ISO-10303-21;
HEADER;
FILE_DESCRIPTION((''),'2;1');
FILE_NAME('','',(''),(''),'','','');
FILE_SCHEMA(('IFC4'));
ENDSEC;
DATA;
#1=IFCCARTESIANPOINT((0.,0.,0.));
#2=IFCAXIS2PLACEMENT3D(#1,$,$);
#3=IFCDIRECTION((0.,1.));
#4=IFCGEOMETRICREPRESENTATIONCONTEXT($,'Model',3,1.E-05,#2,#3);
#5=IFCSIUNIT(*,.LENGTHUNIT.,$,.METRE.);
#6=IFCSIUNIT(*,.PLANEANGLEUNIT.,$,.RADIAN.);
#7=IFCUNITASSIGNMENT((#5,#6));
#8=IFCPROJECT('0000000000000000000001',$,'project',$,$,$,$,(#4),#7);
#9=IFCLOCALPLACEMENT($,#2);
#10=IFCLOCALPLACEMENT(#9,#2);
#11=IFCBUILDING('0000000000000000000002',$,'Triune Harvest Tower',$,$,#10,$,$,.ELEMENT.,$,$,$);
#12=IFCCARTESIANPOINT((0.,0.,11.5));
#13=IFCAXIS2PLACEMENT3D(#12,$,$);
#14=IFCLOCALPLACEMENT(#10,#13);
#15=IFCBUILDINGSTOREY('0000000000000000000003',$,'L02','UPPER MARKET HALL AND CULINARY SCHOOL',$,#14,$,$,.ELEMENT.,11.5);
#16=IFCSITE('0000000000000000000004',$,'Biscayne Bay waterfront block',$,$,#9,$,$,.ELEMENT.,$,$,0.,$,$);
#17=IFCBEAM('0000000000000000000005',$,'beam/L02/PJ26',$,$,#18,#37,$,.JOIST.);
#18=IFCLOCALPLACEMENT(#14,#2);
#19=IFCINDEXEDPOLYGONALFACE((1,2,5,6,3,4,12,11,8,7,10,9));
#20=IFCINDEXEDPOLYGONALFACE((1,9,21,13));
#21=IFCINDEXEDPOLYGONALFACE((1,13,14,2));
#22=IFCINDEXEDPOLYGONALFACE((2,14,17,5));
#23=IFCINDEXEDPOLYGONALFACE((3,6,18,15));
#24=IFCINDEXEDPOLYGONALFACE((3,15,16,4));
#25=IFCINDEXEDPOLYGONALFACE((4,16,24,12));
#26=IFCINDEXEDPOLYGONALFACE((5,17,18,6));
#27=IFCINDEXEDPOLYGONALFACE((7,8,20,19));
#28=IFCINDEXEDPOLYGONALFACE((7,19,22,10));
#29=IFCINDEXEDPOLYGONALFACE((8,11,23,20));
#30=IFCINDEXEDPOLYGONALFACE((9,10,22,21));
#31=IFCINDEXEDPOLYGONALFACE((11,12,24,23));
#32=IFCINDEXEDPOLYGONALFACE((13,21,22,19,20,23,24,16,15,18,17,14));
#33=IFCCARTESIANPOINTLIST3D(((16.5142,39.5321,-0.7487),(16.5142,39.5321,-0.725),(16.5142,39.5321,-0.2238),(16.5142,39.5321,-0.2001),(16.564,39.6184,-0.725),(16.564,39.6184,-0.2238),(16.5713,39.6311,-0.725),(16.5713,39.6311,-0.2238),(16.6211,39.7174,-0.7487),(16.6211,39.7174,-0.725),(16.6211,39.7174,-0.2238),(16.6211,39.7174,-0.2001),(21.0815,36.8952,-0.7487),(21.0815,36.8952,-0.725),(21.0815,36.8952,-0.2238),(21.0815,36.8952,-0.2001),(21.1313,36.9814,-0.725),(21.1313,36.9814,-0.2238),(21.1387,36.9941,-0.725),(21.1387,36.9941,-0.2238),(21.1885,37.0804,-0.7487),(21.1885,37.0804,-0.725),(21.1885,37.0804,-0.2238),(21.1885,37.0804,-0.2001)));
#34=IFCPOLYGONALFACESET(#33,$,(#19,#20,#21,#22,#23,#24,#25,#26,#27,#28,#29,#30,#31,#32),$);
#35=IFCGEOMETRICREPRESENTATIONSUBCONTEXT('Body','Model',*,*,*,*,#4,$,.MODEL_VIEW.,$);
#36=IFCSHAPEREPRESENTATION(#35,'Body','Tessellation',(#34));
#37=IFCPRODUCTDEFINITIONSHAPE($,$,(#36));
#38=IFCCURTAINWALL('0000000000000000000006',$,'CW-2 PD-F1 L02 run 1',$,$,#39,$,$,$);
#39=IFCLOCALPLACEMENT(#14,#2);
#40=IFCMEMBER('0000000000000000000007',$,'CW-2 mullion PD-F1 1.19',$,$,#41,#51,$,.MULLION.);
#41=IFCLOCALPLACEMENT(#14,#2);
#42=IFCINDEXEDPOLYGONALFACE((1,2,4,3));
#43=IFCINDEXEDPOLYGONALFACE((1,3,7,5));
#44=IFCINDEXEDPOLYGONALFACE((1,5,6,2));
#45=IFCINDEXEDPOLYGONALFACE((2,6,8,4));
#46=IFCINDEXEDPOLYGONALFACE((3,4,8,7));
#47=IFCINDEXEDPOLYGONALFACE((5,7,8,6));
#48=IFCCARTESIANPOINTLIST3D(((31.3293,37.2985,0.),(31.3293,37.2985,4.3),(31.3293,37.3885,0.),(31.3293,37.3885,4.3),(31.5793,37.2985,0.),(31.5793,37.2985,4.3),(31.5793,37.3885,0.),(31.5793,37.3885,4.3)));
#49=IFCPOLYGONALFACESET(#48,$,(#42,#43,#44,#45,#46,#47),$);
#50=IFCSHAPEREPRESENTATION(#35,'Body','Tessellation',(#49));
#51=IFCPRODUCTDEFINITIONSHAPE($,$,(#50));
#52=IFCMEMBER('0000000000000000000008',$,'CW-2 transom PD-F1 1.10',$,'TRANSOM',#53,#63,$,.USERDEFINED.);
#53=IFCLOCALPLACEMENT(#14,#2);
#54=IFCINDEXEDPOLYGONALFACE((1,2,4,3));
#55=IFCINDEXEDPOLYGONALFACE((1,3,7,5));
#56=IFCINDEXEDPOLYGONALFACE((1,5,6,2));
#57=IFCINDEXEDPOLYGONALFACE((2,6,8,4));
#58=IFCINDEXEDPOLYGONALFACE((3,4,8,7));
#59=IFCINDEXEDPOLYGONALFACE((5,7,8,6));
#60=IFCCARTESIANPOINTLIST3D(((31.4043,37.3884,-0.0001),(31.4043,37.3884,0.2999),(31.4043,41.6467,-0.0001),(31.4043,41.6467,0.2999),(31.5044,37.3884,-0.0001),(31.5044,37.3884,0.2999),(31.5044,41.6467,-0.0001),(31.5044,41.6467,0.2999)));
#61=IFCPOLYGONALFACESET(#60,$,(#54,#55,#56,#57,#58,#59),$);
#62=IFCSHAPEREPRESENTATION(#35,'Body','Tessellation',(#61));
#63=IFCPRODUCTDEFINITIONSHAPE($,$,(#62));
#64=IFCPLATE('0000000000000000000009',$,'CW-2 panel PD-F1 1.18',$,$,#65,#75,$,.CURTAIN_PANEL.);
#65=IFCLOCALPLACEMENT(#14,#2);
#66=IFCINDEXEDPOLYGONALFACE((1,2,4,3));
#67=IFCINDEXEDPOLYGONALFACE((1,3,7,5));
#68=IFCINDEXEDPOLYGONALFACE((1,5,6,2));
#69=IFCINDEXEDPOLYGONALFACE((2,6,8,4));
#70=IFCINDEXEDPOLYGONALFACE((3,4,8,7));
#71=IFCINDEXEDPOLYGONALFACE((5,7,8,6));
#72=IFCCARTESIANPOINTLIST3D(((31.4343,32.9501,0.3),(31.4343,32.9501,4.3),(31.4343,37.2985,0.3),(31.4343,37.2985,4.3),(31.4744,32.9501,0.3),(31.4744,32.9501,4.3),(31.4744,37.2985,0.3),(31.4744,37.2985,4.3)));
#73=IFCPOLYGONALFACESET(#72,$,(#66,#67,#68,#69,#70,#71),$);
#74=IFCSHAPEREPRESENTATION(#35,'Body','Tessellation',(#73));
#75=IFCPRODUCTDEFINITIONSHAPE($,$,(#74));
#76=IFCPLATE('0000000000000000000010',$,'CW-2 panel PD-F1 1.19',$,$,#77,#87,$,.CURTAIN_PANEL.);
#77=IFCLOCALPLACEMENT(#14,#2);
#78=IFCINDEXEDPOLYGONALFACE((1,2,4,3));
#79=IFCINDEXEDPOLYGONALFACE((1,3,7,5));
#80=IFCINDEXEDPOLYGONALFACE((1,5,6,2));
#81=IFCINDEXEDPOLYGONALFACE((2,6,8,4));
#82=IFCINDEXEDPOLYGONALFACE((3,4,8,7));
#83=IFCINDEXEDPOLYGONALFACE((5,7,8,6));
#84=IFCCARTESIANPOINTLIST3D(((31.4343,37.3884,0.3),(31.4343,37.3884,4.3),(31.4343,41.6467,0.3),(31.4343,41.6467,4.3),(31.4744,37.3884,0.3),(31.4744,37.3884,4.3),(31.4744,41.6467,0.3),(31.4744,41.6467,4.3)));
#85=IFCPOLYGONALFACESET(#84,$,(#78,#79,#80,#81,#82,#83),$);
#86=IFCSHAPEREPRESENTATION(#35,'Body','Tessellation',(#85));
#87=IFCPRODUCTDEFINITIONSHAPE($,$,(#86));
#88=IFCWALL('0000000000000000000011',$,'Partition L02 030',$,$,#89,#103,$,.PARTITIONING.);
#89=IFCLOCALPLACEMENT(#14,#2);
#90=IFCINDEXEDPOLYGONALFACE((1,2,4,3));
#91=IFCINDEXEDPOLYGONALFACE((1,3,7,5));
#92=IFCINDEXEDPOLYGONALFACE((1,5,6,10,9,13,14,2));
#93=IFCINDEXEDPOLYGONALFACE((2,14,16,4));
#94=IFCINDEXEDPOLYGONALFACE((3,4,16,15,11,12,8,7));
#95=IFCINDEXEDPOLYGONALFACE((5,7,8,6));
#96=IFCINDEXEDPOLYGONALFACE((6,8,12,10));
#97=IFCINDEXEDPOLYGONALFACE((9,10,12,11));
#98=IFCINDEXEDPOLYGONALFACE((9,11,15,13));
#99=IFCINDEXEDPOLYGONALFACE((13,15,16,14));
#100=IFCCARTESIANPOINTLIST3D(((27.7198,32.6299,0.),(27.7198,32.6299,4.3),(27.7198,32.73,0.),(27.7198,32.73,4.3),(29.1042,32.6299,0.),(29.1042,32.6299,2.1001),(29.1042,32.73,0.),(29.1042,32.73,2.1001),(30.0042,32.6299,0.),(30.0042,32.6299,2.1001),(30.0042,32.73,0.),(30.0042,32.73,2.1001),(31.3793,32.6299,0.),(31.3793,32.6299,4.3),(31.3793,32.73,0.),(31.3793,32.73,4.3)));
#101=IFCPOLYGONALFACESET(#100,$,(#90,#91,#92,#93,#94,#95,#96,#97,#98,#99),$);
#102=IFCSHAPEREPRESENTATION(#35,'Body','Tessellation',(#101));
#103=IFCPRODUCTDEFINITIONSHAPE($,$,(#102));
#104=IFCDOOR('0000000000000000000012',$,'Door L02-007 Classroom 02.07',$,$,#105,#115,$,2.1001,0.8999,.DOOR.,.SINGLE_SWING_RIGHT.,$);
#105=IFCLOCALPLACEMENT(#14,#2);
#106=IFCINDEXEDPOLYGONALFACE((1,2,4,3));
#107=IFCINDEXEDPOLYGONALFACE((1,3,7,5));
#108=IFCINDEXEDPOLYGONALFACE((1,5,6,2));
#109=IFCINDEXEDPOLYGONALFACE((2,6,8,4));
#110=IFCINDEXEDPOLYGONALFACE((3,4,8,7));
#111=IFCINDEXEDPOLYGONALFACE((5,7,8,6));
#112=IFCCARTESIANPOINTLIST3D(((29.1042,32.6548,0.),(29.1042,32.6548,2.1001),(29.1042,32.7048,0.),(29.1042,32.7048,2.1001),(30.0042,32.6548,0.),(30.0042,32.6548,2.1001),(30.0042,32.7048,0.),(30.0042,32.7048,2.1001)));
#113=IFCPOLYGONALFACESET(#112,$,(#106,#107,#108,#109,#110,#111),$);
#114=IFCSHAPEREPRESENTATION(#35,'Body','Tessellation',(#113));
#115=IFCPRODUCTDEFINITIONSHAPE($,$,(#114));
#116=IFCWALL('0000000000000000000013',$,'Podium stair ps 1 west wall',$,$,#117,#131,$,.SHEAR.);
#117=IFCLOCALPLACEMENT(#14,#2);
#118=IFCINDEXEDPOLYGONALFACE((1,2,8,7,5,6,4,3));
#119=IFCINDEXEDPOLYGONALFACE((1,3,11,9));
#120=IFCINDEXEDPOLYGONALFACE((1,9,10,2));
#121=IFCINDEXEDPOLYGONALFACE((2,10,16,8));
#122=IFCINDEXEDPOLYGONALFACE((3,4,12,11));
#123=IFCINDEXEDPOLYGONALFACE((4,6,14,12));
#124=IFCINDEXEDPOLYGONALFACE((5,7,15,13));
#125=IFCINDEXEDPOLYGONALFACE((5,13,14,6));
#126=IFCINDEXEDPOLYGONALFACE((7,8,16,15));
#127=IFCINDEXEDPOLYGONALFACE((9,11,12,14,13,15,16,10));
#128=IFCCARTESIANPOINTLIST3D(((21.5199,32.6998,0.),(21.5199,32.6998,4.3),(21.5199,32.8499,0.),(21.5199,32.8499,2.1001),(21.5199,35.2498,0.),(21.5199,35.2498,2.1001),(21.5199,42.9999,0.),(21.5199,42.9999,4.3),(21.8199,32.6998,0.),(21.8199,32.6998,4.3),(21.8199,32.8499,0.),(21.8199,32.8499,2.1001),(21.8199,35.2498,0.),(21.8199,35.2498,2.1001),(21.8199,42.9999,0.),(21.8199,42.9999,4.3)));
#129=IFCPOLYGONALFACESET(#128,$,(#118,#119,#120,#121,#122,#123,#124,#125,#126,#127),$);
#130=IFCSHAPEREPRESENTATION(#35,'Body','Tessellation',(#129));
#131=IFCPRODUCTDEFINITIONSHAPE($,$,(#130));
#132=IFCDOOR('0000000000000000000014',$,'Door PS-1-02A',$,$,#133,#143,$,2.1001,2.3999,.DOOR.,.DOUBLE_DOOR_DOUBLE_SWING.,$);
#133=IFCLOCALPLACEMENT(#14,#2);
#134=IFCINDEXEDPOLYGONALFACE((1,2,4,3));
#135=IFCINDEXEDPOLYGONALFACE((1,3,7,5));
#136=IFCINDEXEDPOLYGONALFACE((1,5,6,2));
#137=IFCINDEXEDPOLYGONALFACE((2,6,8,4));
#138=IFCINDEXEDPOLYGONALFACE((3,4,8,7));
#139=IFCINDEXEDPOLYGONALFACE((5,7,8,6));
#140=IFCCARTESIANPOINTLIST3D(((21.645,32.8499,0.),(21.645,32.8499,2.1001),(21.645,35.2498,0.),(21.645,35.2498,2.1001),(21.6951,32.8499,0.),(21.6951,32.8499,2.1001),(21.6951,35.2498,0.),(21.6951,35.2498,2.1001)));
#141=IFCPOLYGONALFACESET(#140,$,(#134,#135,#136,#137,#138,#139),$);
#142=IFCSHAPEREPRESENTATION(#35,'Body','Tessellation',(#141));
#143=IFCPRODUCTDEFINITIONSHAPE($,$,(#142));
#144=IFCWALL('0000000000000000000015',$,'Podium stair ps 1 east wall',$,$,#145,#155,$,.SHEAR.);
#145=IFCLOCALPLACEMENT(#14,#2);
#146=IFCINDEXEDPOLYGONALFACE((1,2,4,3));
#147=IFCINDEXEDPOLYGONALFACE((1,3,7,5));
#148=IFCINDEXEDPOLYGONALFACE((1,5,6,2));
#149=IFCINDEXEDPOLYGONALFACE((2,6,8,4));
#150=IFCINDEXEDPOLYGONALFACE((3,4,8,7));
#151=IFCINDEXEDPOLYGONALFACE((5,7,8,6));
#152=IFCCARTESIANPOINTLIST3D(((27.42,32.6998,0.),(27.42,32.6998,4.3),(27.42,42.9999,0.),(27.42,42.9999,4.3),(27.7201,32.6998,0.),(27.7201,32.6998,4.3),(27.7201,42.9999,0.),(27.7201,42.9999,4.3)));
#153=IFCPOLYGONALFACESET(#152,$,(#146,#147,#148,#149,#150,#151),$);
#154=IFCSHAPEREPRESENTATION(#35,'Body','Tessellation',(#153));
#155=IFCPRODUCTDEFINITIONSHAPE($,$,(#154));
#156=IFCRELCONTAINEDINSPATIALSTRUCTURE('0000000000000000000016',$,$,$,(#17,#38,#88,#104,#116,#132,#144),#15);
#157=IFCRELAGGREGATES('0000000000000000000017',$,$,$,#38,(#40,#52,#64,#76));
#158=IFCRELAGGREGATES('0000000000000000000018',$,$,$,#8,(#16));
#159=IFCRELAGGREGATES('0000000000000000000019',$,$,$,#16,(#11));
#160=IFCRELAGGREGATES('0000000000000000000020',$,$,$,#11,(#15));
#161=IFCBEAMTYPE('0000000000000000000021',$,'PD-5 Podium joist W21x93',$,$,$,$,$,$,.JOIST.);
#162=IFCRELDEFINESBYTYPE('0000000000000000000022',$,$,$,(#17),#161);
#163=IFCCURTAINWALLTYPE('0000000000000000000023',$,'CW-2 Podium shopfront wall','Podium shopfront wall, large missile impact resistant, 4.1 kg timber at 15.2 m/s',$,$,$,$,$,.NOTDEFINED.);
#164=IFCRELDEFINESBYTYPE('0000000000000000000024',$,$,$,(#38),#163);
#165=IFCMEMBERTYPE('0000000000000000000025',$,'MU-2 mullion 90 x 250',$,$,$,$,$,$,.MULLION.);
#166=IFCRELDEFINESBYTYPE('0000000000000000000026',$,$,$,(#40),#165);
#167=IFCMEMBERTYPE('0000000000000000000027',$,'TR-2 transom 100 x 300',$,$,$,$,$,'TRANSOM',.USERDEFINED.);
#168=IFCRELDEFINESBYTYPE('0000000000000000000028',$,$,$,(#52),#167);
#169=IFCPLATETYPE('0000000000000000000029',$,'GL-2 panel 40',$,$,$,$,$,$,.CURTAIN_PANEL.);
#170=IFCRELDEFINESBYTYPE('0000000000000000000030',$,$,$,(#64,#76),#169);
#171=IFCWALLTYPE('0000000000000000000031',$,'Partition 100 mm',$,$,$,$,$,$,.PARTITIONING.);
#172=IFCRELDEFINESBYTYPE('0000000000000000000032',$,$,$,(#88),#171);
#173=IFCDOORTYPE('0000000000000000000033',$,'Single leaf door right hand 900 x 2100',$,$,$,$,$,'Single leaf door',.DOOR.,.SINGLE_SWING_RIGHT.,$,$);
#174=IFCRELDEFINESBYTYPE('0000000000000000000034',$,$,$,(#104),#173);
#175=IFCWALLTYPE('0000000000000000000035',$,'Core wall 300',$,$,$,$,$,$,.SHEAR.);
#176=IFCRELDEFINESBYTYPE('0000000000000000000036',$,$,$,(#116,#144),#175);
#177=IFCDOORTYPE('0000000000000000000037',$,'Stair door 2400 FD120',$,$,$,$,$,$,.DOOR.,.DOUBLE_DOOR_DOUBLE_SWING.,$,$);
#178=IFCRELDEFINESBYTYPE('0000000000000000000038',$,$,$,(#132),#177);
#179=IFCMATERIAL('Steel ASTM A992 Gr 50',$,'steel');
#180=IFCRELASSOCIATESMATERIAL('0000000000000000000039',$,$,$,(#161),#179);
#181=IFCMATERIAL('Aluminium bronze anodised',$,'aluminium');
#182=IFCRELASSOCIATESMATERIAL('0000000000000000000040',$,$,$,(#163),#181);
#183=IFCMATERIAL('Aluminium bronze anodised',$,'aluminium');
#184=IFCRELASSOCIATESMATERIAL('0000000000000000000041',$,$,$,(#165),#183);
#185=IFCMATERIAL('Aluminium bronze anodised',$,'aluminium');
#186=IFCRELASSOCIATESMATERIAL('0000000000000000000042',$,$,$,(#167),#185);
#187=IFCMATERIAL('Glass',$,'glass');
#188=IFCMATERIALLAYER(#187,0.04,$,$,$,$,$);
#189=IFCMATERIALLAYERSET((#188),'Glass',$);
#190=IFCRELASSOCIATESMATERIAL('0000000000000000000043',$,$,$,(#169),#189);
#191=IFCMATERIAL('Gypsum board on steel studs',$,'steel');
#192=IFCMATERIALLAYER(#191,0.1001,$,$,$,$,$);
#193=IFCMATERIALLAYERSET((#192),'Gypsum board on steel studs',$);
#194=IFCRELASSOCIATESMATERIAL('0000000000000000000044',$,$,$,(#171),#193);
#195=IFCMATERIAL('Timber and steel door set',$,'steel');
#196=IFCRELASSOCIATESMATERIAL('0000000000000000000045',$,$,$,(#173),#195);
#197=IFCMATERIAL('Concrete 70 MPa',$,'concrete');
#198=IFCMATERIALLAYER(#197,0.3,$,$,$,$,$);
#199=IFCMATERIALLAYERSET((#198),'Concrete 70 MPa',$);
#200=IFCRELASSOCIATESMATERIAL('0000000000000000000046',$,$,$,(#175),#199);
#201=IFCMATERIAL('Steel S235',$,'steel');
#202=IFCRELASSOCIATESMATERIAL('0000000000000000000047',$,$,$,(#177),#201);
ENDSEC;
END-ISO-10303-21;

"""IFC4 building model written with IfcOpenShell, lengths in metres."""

from ifc_helpers import new_model, si_unit, direction, frame, frame_2d, origin, origin_2d, place, context, subcontext, project, spatial, rectangle, i_section, extrude, source, transform, mapped, material, layer, layer_set, material_profile, profile_set, type_object, element, fill, aggregate, save


model = new_model("IFC4")

# Units and contexts
model_context = context("Model", 3, precision=1e-05, world=origin(), true_north=direction((0.0, 1.0)))
body_context = subcontext(model_context, "Body", "Model", "MODEL_VIEW")
ifc_project = project(units=[si_unit("LENGTHUNIT", "METRE"), si_unit("PLANEANGLEUNIT", "RADIAN")], contexts=[model_context])

# Site, building, storey
site_placement = place(None, origin())
site = spatial("IfcSite", under=ifc_project, at=site_placement, Name="Biscayne Bay waterfront block", CompositionType="ELEMENT", RefElevation=0.0)
building_placement = place(site_placement, origin())
building = spatial("IfcBuilding", under=site, at=building_placement, Name="Triune Harvest Tower", CompositionType="ELEMENT")
storey_placement = place(building_placement, frame((0.0, 0.0, 11.5)))
storey = spatial("IfcBuildingStorey", under=building, at=storey_placement, Name="L02", Description="UPPER MARKET HALL AND CULINARY SCHOOL", CompositionType="ELEMENT", Elevation=11.5)

# Beam
ifc_material_1 = material(Name="Steel ASTM A992 Gr 50", Category="steel")
ifc_material_profile_1 = material_profile(ifc_material_1, i_section(OverallWidth=0.2139, OverallDepth=0.5486, WebThickness=0.0146, FlangeThickness=0.0237, at=origin_2d()), Name="W21x93")
ifc_profile_set_1 = profile_set([ifc_material_profile_1], Name="Steel ASTM A992 Gr 50")
beam_type_1 = type_object("IfcBeamType", Name="PD-5 Podium joist W21x93", PredefinedType="JOIST", material=ifc_profile_set_1)
shared_shape_1 = source(origin(), body_context, "Body", "SweptSolid", [
    extrude(i_section(OverallWidth=0.2139, OverallDepth=0.5486, WebThickness=0.0146, FlangeThickness=0.0237, at=origin_2d()), origin(), (0.0, 0.0, 1.0), 5.2739),
])
beam_1_placement = place(storey_placement, frame((21.135, 36.9878, -0.4744), z_axis=(-0.866027, 0.499998, 0.0), x_axis=(-0.499998, -0.866027, 0.0)))
element("IfcBeam", 1, at=beam_1_placement, inside=storey, type_object=beam_type_1, Name="beam/L02/PJ26", PredefinedType="JOIST", context=body_context, shape_type="MappedRepresentation", body=[
    mapped(shared_shape_1, transform((0.0, 0.0, 0.0), scale=1.0)),
])

# Curtain wall, members, plates
ifc_material_2 = material(Name="Aluminium bronze anodised", Category="aluminium")
curtain_wall_type = type_object("IfcCurtainWallType", Name="CW-2 Podium shopfront wall", Description="Podium shopfront wall, large missile impact resistant, 4.1 kg timber at 15.2 m/s", PredefinedType="NOTDEFINED", material=ifc_material_2)
curtain_wall_placement = place(storey_placement, origin())
curtain_wall = element("IfcCurtainWall", 2, at=curtain_wall_placement, inside=storey, type_object=curtain_wall_type, Name="CW-2 PD-F1 L02 run 1")
ifc_material_3 = material(Name="Aluminium bronze anodised", Category="aluminium")
ifc_material_profile_2 = material_profile(ifc_material_3, rectangle(XDim=0.25, YDim=0.0901, at=origin_2d()), Name="MU-2 mullion 90 x 250")
ifc_profile_set_2 = profile_set([ifc_material_profile_2], Name="Aluminium bronze anodised")
member_type_1 = type_object("IfcMemberType", Name="MU-2 mullion 90 x 250", PredefinedType="MULLION", material=ifc_profile_set_2)
shared_shape_2 = source(origin(), body_context, "Body", "SweptSolid", [
    extrude(rectangle(XDim=0.25, YDim=0.0901, at=origin_2d()), origin(), (0.0, 0.0, 1.0), 4.3),
])
member_1_placement = place(storey_placement, frame((31.4543, 37.3435, 0.0), z_axis=(0.0, 0.0, 1.0), x_axis=(-1.0, 0.0, 0.0)))
member_1 = element("IfcMember", 3, at=member_1_placement, type_object=member_type_1, Name="CW-2 mullion PD-F1 1.19", PredefinedType="MULLION", context=body_context, shape_type="MappedRepresentation", body=[
    mapped(shared_shape_2, transform((0.0, 0.0, 0.0), scale=1.0)),
])
ifc_material_4 = material(Name="Aluminium bronze anodised", Category="aluminium")
ifc_material_profile_3 = material_profile(ifc_material_4, rectangle(XDim=0.1001, YDim=0.3, at=origin_2d()), Name="TR-2 transom 100 x 300")
ifc_profile_set_3 = profile_set([ifc_material_profile_3], Name="Aluminium bronze anodised")
member_type_2 = type_object("IfcMemberType", Name="TR-2 transom 100 x 300", ElementType="TRANSOM", PredefinedType="USERDEFINED", material=ifc_profile_set_3)
shared_shape_3 = source(origin(), body_context, "Body", "SweptSolid", [
    extrude(rectangle(XDim=0.1001, YDim=0.3, at=origin_2d()), origin(), (0.0, 0.0, 1.0), 4.2583),
])
member_2_placement = place(storey_placement, frame((31.4543, 37.3884, 0.1499), z_axis=(0.0, 1.0, 0.0), x_axis=(-1.0, 0.0, 0.0)))
member_2 = element("IfcMember", 4, at=member_2_placement, type_object=member_type_2, Name="CW-2 transom PD-F1 1.10", ObjectType="TRANSOM", PredefinedType="USERDEFINED", context=body_context, shape_type="MappedRepresentation", body=[
    mapped(shared_shape_3, transform((0.0, 0.0, 0.0), scale=1.0)),
])
ifc_material_5 = material(Name="Glass", Category="glass")
ifc_layer_1 = layer(ifc_material_5, 0.04)
ifc_layer_set_1 = layer_set([ifc_layer_1], Name="Glass")
plate_type = type_object("IfcPlateType", Name="GL-2 panel 40", PredefinedType="CURTAIN_PANEL", material=ifc_layer_set_1)
shared_shape_4 = source(origin(), body_context, "Body", "SweptSolid", [
    extrude(rectangle(XDim=4.3484, YDim=0.04, at=origin_2d()), origin(), (0.0, 0.0, 1.0), 4.0),
])
plate_1_placement = place(storey_placement, frame((31.4543, 35.1243, 0.3), z_axis=(0.0, 0.0, 1.0), x_axis=(0.0, 1.0, 0.0)))
plate_1 = element("IfcPlate", 5, at=plate_1_placement, type_object=plate_type, Name="CW-2 panel PD-F1 1.18", PredefinedType="CURTAIN_PANEL", context=body_context, shape_type="MappedRepresentation", body=[
    mapped(shared_shape_4, transform((0.0, 0.0, 0.0), scale=1.0)),
])
shared_shape_5 = source(origin(), body_context, "Body", "SweptSolid", [
    extrude(rectangle(XDim=4.2583, YDim=0.04, at=origin_2d()), origin(), (0.0, 0.0, 1.0), 4.0),
])
plate_2_placement = place(storey_placement, frame((31.4543, 39.5176, 0.3), z_axis=(0.0, 0.0, 1.0), x_axis=(0.0, 1.0, 0.0)))
plate_2 = element("IfcPlate", 6, at=plate_2_placement, type_object=plate_type, Name="CW-2 panel PD-F1 1.19", PredefinedType="CURTAIN_PANEL", context=body_context, shape_type="MappedRepresentation", body=[
    mapped(shared_shape_5, transform((0.0, 0.0, 0.0), scale=1.0)),
])
aggregate(curtain_wall, [member_1, member_2, plate_1, plate_2])

# Walls, openings, doors
ifc_material_6 = material(Name="Gypsum board on steel studs", Category="steel")
ifc_layer_2 = layer(ifc_material_6, 0.1001)
ifc_layer_set_2 = layer_set([ifc_layer_2], Name="Gypsum board on steel studs")
wall_type_1 = type_object("IfcWallType", Name="Partition 100 mm", PredefinedType="PARTITIONING", material=ifc_layer_set_2)
wall_1_placement = place(storey_placement, frame((27.72, 32.6799, 0.0), z_axis=(0.0, 0.0, 1.0), x_axis=(1.0, 0.0, 0.0)))
wall_1 = element("IfcWall", 7, at=wall_1_placement, inside=storey, type_object=wall_type_1, Name="Partition L02 030", PredefinedType="PARTITIONING", context=body_context, shape_type="SweptSolid", body=[
    extrude(rectangle(XDim=3.6594, YDim=0.1001, at=frame_2d((1.8296, 0.0))), origin(), (0.0, 0.0, 1.0), 4.3),
])
opening_1_placement = place(wall_1_placement, frame((1.3843, 0.0, 0.0)))
opening_1 = element("IfcOpeningElement", 8, at=opening_1_placement, cuts=wall_1, PredefinedType="OPENING", context=body_context, shape_type="SweptSolid", body=[
    extrude(rectangle(XDim=0.8999, YDim=2.1001, at=frame_2d((0.45, 1.05))), frame((0.0, 0.0601, 0.0), z_axis=(0.0, -1.0, 0.0), x_axis=(1.0, 0.0, 0.0)), (0.0, 0.0, 1.0), 0.1201),
])
ifc_material_7 = material(Name="Timber and steel door set", Category="steel")
door_type_1 = type_object("IfcDoorType", Name="Single leaf door right hand 900 x 2100", ElementType="Single leaf door", OperationType="SINGLE_SWING_RIGHT", PredefinedType="DOOR", material=ifc_material_7)
door_1_placement = place(opening_1_placement, origin())
door_1 = element("IfcDoor", 9, at=door_1_placement, inside=storey, type_object=door_type_1, Name="Door L02-007 Classroom 02.07", OperationType="SINGLE_SWING_RIGHT", OverallHeight=2.1001, OverallWidth=0.8999, PredefinedType="DOOR", context=body_context, shape_type="SweptSolid", body=[
    extrude(rectangle(XDim=0.8999, YDim=2.1001, at=frame_2d((0.45, 1.05))), frame((0.0, 0.0249, 0.0), z_axis=(0.0, -1.0, 0.0), x_axis=(1.0, 0.0, 0.0)), (0.0, 0.0, 1.0), 0.05),
])
fill(opening_1, door_1)
ifc_material_8 = material(Name="Concrete 70 MPa", Category="concrete")
ifc_layer_3 = layer(ifc_material_8, 0.3)
ifc_layer_set_3 = layer_set([ifc_layer_3], Name="Concrete 70 MPa")
wall_type_2 = type_object("IfcWallType", Name="Core wall 300", PredefinedType="SHEAR", material=ifc_layer_set_3)
shared_shape_6 = source(origin(), body_context, "Body", "SweptSolid", [
    extrude(rectangle(XDim=10.3, YDim=0.3, at=frame_2d((5.1499, 0.0))), origin(), (0.0, 0.0, 1.0), 4.3),
])
wall_2_placement = place(storey_placement, frame((21.6699, 32.7, 0.0), z_axis=(0.0, 0.0, 1.0), x_axis=(0.0, 1.0, 0.0)))
wall_2 = element("IfcWall", 10, at=wall_2_placement, inside=storey, type_object=wall_type_2, Name="Podium stair ps 1 west wall", PredefinedType="SHEAR", context=body_context, shape_type="MappedRepresentation", body=[
    mapped(shared_shape_6, transform((0.0, 0.0, 0.0), scale=1.0)),
])
opening_2_placement = place(wall_2_placement, frame((0.1499, 0.0, 0.0)))
opening_2 = element("IfcOpeningElement", 11, at=opening_2_placement, cuts=wall_2, PredefinedType="OPENING", context=body_context, shape_type="SweptSolid", body=[
    extrude(rectangle(XDim=2.3999, YDim=2.1001, at=frame_2d((1.2, 1.05))), frame((0.0, 0.1602, 0.0), z_axis=(0.0, -1.0, 0.0), x_axis=(1.0, 0.0, 0.0)), (0.0, 0.0, 1.0), 0.3201),
])
ifc_material_9 = material(Name="Steel S235", Category="steel")
door_type_2 = type_object("IfcDoorType", Name="Stair door 2400 FD120", OperationType="DOUBLE_DOOR_DOUBLE_SWING", PredefinedType="DOOR", material=ifc_material_9)
door_2_placement = place(opening_2_placement, origin())
door_2 = element("IfcDoor", 12, at=door_2_placement, inside=storey, type_object=door_type_2, Name="Door PS-1-02A", OperationType="DOUBLE_DOOR_DOUBLE_SWING", OverallHeight=2.1001, OverallWidth=2.3999, PredefinedType="DOOR", context=body_context, shape_type="SweptSolid", body=[
    extrude(rectangle(XDim=2.3999, YDim=2.1001, at=frame_2d((1.2, 1.05))), frame((0.0, 0.0249, 0.0), z_axis=(0.0, -1.0, 0.0), x_axis=(1.0, 0.0, 0.0)), (0.0, 0.0, 1.0), 0.05),
])
fill(opening_2, door_2)

# Wall
wall_3_placement = place(storey_placement, frame((27.5701, 32.7, 0.0), z_axis=(0.0, 0.0, 1.0), x_axis=(0.0, 1.0, 0.0)))
element("IfcWall", 13, at=wall_3_placement, inside=storey, type_object=wall_type_2, Name="Podium stair ps 1 east wall", PredefinedType="SHEAR", context=body_context, shape_type="MappedRepresentation", body=[
    mapped(shared_shape_6, transform((0.0, 0.0, 0.0), scale=1.0)),
])

save(model, "model.ifc")
